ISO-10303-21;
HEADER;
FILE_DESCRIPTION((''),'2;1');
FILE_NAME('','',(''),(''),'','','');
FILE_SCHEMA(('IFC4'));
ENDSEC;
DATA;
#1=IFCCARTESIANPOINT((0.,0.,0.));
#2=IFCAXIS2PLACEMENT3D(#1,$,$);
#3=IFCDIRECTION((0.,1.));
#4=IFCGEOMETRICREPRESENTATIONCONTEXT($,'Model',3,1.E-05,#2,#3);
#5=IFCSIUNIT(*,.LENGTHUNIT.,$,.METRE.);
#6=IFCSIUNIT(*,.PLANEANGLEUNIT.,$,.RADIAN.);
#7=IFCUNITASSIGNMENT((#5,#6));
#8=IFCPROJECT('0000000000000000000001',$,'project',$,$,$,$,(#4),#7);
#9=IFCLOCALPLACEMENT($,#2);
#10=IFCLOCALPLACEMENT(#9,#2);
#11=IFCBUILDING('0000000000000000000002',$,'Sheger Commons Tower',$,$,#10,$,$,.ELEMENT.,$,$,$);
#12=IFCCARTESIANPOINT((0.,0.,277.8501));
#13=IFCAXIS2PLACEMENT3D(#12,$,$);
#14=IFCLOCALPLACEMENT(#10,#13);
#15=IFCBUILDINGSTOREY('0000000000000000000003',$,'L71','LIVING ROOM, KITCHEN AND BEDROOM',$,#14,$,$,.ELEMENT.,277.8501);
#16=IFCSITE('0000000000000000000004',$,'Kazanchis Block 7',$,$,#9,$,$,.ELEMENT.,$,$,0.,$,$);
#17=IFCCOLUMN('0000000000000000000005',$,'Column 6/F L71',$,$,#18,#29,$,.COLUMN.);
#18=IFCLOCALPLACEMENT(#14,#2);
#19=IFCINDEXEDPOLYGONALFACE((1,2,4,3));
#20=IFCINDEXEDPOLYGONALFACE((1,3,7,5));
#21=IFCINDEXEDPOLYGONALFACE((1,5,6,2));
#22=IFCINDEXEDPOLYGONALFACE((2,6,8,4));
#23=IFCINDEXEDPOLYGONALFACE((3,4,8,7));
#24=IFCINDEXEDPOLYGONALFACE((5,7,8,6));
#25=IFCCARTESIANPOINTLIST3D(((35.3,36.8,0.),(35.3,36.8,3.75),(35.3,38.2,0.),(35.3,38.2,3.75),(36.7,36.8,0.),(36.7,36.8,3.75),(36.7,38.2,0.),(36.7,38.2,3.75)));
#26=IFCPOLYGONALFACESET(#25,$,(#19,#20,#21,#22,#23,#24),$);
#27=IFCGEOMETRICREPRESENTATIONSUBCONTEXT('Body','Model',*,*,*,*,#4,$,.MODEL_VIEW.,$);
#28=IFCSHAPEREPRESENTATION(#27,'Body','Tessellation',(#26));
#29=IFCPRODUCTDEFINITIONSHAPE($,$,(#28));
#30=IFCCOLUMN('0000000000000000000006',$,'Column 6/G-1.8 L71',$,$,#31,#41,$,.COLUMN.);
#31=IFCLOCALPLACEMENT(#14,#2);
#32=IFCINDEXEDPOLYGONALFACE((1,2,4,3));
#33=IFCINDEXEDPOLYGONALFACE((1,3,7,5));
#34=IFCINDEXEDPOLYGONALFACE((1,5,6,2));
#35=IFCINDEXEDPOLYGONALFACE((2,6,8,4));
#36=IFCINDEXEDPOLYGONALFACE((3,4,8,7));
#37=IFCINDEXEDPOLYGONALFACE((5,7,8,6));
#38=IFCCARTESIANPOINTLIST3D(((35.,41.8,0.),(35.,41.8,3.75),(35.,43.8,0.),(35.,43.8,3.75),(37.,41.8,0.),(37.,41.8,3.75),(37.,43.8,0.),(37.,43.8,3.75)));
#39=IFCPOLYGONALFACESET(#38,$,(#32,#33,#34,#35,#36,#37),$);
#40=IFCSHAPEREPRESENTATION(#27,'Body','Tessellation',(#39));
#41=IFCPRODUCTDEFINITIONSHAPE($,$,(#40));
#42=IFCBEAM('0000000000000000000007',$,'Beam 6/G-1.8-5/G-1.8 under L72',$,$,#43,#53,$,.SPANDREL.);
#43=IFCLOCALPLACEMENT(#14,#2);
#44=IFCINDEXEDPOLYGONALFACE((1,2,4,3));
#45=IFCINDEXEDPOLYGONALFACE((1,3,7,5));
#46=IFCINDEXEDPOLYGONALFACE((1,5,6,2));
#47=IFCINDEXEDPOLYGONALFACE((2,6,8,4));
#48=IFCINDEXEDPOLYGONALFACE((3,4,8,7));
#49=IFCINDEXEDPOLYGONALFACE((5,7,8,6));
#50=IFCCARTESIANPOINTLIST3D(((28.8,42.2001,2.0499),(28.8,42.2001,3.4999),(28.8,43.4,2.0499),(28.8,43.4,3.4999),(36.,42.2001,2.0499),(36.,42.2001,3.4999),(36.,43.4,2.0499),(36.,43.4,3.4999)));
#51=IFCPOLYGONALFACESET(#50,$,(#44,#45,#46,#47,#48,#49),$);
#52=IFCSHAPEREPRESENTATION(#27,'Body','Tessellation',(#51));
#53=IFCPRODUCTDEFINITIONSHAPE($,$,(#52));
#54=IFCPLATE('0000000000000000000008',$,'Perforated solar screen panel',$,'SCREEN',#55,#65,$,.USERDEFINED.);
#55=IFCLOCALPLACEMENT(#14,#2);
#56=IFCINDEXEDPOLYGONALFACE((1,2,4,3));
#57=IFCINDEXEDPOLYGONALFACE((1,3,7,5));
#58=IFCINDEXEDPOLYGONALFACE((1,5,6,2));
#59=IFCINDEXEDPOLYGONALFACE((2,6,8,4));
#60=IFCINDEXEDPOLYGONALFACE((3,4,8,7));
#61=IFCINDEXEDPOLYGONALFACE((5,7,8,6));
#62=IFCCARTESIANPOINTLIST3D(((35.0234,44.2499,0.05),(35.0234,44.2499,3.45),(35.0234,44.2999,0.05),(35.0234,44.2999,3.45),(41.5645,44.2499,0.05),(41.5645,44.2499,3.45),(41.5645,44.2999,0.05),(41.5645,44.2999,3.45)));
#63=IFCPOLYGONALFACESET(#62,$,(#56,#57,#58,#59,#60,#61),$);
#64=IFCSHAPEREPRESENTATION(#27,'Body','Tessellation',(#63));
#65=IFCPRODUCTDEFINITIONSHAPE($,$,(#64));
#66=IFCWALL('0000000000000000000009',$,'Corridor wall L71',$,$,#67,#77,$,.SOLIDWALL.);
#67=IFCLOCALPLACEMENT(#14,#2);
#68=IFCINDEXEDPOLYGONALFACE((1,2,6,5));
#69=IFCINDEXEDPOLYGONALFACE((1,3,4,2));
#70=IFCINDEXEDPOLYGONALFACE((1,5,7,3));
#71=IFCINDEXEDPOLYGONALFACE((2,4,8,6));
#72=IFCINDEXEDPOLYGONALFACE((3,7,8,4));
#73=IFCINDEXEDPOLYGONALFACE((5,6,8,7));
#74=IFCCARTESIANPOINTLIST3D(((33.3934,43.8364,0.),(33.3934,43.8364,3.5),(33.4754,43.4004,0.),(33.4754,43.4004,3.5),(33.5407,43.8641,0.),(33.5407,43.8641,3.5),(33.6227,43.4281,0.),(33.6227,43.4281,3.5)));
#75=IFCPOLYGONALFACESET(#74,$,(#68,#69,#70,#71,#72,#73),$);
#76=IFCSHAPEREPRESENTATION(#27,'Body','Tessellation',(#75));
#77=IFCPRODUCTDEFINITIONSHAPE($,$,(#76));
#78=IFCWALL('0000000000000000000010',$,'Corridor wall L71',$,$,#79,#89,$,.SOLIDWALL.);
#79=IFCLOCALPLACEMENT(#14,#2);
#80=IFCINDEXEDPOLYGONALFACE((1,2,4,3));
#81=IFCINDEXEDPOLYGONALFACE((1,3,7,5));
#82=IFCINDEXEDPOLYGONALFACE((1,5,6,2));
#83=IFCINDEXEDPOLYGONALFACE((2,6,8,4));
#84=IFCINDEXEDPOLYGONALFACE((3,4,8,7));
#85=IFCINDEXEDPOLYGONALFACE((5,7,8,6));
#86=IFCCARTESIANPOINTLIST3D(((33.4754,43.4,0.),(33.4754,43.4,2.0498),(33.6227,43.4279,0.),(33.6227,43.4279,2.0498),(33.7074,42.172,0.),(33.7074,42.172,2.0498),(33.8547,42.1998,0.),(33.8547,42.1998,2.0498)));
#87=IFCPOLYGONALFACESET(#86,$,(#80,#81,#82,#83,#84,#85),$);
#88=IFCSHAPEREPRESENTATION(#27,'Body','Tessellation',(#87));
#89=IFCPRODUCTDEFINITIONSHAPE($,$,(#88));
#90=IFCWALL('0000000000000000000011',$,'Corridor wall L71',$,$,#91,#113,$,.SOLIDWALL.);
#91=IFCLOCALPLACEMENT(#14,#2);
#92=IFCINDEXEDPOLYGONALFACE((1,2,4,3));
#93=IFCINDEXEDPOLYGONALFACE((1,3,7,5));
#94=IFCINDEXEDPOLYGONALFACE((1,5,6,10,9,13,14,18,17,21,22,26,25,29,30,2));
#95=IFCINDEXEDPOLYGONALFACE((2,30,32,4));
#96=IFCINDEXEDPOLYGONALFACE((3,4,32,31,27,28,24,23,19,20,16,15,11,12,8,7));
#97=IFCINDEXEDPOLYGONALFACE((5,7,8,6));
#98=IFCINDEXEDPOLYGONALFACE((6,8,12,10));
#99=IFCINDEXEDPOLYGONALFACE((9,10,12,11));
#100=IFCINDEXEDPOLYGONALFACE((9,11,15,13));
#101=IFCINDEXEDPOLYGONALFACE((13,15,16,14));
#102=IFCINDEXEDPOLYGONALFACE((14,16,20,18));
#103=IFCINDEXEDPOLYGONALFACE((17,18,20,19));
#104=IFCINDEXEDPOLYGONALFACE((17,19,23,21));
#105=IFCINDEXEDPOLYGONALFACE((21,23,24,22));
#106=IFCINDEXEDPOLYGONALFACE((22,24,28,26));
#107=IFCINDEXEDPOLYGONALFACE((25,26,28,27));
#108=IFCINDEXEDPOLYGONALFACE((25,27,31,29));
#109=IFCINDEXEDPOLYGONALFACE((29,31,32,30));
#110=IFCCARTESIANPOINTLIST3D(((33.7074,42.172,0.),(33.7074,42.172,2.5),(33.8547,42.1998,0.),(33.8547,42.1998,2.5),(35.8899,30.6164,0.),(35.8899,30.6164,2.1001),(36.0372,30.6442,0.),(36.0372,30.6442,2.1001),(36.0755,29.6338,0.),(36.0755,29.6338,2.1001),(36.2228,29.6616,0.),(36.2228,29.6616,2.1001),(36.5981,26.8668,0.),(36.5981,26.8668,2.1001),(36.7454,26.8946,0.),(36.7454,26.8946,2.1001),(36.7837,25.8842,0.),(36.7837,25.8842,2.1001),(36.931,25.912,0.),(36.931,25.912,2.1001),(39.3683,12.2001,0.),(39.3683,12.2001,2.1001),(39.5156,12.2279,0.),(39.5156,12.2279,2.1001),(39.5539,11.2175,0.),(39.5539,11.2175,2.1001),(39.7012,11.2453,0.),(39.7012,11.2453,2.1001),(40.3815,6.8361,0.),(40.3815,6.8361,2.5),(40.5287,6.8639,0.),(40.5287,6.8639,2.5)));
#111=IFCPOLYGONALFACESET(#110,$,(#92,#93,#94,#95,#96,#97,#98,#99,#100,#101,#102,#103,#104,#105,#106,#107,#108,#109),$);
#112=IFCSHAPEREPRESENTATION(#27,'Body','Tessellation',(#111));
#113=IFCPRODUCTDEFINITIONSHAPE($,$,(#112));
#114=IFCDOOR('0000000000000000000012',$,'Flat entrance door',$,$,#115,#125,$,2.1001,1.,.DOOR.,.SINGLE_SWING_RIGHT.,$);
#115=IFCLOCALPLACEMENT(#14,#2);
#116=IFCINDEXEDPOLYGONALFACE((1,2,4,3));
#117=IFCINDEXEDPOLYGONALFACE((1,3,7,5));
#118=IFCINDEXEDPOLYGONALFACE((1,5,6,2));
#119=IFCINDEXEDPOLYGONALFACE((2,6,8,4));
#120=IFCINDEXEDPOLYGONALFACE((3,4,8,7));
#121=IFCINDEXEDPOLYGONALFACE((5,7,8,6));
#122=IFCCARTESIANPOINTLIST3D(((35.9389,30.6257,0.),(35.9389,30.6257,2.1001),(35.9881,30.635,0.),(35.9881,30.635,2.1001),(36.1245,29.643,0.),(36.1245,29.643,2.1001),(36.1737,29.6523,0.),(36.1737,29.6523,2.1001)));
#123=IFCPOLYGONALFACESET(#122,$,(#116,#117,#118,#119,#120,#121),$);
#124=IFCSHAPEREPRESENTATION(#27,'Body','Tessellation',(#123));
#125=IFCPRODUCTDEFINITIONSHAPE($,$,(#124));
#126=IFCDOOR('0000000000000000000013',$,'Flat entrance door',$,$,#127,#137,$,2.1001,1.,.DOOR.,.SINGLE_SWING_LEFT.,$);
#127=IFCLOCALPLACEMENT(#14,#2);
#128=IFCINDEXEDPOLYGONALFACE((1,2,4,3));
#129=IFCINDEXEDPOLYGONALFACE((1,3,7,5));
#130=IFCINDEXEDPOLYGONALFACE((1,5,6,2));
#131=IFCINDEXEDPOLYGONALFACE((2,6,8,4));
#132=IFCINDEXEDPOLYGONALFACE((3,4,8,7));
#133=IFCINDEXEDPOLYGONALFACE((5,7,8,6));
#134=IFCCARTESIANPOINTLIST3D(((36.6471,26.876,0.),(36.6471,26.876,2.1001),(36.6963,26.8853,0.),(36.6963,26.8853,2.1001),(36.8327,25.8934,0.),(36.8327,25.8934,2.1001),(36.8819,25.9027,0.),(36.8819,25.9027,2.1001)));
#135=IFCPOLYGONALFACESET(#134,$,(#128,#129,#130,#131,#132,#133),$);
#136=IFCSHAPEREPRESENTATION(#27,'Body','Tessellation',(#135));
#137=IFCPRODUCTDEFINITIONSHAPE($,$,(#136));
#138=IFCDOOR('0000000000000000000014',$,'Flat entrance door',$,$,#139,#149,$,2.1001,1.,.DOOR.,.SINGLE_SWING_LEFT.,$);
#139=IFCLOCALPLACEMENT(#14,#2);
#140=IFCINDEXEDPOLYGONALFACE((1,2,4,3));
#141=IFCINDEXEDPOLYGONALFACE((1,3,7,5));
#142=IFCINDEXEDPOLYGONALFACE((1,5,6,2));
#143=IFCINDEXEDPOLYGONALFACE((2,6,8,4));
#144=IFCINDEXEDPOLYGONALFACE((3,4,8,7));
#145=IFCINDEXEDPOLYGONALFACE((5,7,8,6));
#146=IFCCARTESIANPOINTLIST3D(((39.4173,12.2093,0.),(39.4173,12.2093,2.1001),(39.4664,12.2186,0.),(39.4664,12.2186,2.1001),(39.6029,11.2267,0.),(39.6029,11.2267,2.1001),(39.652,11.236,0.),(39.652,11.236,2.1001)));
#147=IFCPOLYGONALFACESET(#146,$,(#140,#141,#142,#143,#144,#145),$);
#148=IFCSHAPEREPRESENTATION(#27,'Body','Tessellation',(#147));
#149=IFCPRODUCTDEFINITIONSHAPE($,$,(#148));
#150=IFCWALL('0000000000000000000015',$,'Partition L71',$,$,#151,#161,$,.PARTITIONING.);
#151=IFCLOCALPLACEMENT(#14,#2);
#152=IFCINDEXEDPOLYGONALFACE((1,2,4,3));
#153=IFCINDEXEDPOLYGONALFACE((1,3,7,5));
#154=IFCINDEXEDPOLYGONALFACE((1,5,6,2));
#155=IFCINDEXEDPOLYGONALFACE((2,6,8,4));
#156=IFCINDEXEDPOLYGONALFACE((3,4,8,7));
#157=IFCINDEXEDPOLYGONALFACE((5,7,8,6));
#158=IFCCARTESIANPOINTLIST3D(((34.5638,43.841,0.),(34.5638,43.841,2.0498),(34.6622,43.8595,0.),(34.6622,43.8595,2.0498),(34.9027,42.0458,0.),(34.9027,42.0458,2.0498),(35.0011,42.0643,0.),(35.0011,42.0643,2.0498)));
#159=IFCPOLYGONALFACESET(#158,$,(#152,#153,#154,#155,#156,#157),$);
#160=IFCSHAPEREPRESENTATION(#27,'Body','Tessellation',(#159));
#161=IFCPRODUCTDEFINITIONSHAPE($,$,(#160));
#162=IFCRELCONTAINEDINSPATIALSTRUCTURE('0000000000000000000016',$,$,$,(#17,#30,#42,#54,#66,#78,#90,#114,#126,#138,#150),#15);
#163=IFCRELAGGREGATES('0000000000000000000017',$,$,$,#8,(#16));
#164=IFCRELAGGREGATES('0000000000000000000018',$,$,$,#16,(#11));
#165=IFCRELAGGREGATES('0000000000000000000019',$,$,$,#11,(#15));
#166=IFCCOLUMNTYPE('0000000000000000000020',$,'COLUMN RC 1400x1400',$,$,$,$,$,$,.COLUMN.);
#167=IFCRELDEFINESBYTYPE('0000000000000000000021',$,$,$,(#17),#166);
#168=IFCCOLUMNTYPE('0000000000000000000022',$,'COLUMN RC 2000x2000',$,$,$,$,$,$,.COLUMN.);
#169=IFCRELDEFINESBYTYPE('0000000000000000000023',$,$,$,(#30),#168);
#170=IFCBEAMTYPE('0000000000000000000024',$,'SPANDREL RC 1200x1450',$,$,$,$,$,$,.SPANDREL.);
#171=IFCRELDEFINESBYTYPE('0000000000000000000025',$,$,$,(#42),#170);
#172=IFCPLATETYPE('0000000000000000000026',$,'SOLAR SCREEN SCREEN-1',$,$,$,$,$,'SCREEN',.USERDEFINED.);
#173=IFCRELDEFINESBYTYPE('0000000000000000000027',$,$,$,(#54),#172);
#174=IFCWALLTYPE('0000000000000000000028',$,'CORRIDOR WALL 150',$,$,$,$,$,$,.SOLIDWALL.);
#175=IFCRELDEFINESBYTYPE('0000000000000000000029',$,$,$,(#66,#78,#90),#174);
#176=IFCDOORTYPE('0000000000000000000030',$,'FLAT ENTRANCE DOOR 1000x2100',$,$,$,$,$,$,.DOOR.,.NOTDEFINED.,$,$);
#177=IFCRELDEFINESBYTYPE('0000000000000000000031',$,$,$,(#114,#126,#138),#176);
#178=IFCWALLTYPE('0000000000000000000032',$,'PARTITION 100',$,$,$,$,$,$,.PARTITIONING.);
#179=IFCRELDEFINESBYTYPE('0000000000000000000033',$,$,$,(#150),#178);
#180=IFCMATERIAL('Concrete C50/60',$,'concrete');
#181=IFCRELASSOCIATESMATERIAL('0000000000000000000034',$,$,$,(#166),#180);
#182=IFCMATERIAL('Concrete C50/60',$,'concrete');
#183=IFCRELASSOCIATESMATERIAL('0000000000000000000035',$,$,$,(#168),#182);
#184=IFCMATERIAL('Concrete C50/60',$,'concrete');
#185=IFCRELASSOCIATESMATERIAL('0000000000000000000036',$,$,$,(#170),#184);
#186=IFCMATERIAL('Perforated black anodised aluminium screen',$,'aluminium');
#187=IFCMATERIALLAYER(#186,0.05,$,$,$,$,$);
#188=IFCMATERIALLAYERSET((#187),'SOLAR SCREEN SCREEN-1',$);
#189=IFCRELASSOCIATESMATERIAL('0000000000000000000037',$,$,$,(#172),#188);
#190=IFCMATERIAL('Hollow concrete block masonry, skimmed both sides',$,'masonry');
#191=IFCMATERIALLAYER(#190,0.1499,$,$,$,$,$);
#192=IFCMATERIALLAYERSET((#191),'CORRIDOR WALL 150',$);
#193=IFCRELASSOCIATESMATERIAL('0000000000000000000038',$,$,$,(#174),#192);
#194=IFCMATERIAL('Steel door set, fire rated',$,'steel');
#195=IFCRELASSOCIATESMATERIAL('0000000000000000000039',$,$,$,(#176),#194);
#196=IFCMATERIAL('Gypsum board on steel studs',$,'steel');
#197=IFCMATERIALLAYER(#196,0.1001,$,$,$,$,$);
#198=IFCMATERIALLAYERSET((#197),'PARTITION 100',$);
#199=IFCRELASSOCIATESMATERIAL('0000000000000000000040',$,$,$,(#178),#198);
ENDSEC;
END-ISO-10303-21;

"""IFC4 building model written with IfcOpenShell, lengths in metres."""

from ifc_helpers import new_model, si_unit, direction, frame, frame_2d, origin, origin_2d, place, context, subcontext, project, spatial, rectangle, extrude, material, layer, layer_set, material_profile, profile_set, type_object, element, fill, save


model = new_model("IFC4")

# Units and contexts
model_context = context("Model", 3, precision=1e-05, world=origin(), true_north=direction((0.0, 1.0)))
body_context = subcontext(model_context, "Body", "Model", "MODEL_VIEW")
ifc_project = project(units=[si_unit("LENGTHUNIT", "METRE"), si_unit("PLANEANGLEUNIT", "RADIAN")], contexts=[model_context])

# Site, building, storey
site_placement = place(None, origin())
site = spatial("IfcSite", under=ifc_project, at=site_placement, Name="Kazanchis Block 7", CompositionType="ELEMENT", RefElevation=0.0)
building_placement = place(site_placement, origin())
building = spatial("IfcBuilding", under=site, at=building_placement, Name="Sheger Commons Tower", CompositionType="ELEMENT")
storey_placement = place(building_placement, frame((0.0, 0.0, 277.8501)))
storey = spatial("IfcBuildingStorey", under=building, at=storey_placement, Name="L71", Description="LIVING ROOM, KITCHEN AND BEDROOM", CompositionType="ELEMENT", Elevation=277.8501)

# Columns
ifc_material_1 = material(Name="Concrete C50/60", Category="concrete")
ifc_material_profile_1 = material_profile(ifc_material_1, rectangle(XDim=1.3999, YDim=1.3999, at=origin_2d()), Name="RC 1400x1400")
ifc_profile_set_1 = profile_set([ifc_material_profile_1], Name="Concrete C50/60")
column_type_1 = type_object("IfcColumnType", Name="COLUMN RC 1400x1400", PredefinedType="COLUMN", material=ifc_profile_set_1)
column_1_placement = place(storey_placement, frame((36.0, 37.5, 0.0), z_axis=(0.0, 0.0, 1.0), x_axis=(1.0, 0.0, 0.0)))
element("IfcColumn", 1, at=column_1_placement, inside=storey, type_object=column_type_1, Name="Column 6/F L71", PredefinedType="COLUMN", context=body_context, shape_type="SweptSolid", body=[
    extrude(rectangle(XDim=1.3999, YDim=1.3999, at=origin_2d()), origin(), (0.0, 0.0, 1.0), 3.75),
])
ifc_material_2 = material(Name="Concrete C50/60", Category="concrete")
ifc_material_profile_2 = material_profile(ifc_material_2, rectangle(XDim=2.0, YDim=2.0, at=origin_2d()), Name="RC 2000x2000")
ifc_profile_set_2 = profile_set([ifc_material_profile_2], Name="Concrete C50/60")
column_type_2 = type_object("IfcColumnType", Name="COLUMN RC 2000x2000", PredefinedType="COLUMN", material=ifc_profile_set_2)
column_2_placement = place(storey_placement, frame((36.0, 42.8, 0.0), z_axis=(0.0, 0.0, 1.0), x_axis=(1.0, 0.0, 0.0)))
element("IfcColumn", 2, at=column_2_placement, inside=storey, type_object=column_type_2, Name="Column 6/G-1.8 L71", PredefinedType="COLUMN", context=body_context, shape_type="SweptSolid", body=[
    extrude(rectangle(XDim=2.0, YDim=2.0, at=origin_2d()), origin(), (0.0, 0.0, 1.0), 3.75),
])

# Beam
ifc_material_3 = material(Name="Concrete C50/60", Category="concrete")
ifc_material_profile_3 = material_profile(ifc_material_3, rectangle(XDim=1.2, YDim=1.45, at=origin_2d()), Name="RC 1200x1450")
ifc_profile_set_3 = profile_set([ifc_material_profile_3], Name="Concrete C50/60")
beam_type = type_object("IfcBeamType", Name="SPANDREL RC 1200x1450", PredefinedType="SPANDREL", material=ifc_profile_set_3)
beam_placement = place(storey_placement, frame((36.0, 42.8, 2.7749), z_axis=(-1.0, 0.0, 0.0), x_axis=(0.0, -1.0, 0.0)))
element("IfcBeam", 3, at=beam_placement, inside=storey, type_object=beam_type, Name="Beam 6/G-1.8-5/G-1.8 under L72", PredefinedType="SPANDREL", context=body_context, shape_type="SweptSolid", body=[
    extrude(rectangle(XDim=1.2, YDim=1.45, at=origin_2d()), origin(), (0.0, 0.0, 1.0), 7.2),
])

# Plate
ifc_material_4 = material(Name="Perforated black anodised aluminium screen", Category="aluminium")
ifc_layer_1 = layer(ifc_material_4, 0.05)
ifc_layer_set_1 = layer_set([ifc_layer_1], Name="SOLAR SCREEN SCREEN-1")
plate_type = type_object("IfcPlateType", Name="SOLAR SCREEN SCREEN-1", ElementType="SCREEN", PredefinedType="USERDEFINED", material=ifc_layer_set_1)
plate_placement = place(storey_placement, frame((38.2939, 44.2749, 0.05), z_axis=(0.0, 0.0, 1.0), x_axis=(-1.0, 0.0, 0.0)))
element("IfcPlate", 4, at=plate_placement, inside=storey, type_object=plate_type, Name="Perforated solar screen panel", ObjectType="SCREEN", PredefinedType="USERDEFINED", context=body_context, shape_type="SweptSolid", body=[
    extrude(rectangle(XDim=6.541, YDim=0.05, at=origin_2d()), origin(), (0.0, 0.0, 1.0), 3.3999),
])

# Walls
ifc_material_5 = material(Name="Hollow concrete block masonry, skimmed both sides", Category="masonry")
ifc_layer_2 = layer(ifc_material_5, 0.1499)
ifc_layer_set_2 = layer_set([ifc_layer_2], Name="CORRIDOR WALL 150")
wall_type_1 = type_object("IfcWallType", Name="CORRIDOR WALL 150", PredefinedType="SOLIDWALL", material=ifc_layer_set_2)
wall_1_placement = place(storey_placement, frame((33.467, 43.8501, 0.0), z_axis=(0.0, 0.0, 1.0), x_axis=(0.184887, -0.98276, 0.0)))
element("IfcWall", 5, at=wall_1_placement, inside=storey, type_object=wall_type_1, Name="Corridor wall L71", PredefinedType="SOLIDWALL", context=body_context, shape_type="SweptSolid", body=[
    extrude(rectangle(XDim=0.4436, YDim=0.1499, at=frame_2d((0.2217, 0.0))), origin(), (0.0, 0.0, 1.0), 3.5),
])
wall_2_placement = place(storey_placement, frame((33.5491, 43.4141, 0.0), z_axis=(0.0, 0.0, 1.0), x_axis=(0.185586, -0.982628, 0.0)))
element("IfcWall", 6, at=wall_2_placement, inside=storey, type_object=wall_type_1, Name="Corridor wall L71", PredefinedType="SOLIDWALL", context=body_context, shape_type="SweptSolid", body=[
    extrude(rectangle(XDim=1.2498, YDim=0.1499, at=frame_2d((0.625, 0.0))), origin(), (0.0, 0.0, 1.0), 2.0498),
])

# Wall, openings, doors
wall_3_placement = place(storey_placement, frame((33.781, 42.186, 0.0), z_axis=(0.0, 0.0, 1.0), x_axis=(0.185594, -0.982627, 0.0)))
wall_3 = element("IfcWall", 7, at=wall_3_placement, inside=storey, type_object=wall_type_1, Name="Corridor wall L71", PredefinedType="SOLIDWALL", context=body_context, shape_type="SweptSolid", body=[
    extrude(rectangle(XDim=35.9607, YDim=0.1499, at=frame_2d((17.9805, 0.0))), origin(), (0.0, 0.0, 1.0), 2.5),
])
opening_1_placement = place(wall_3_placement, frame((11.76, 0.0, 0.0)))
opening_1 = element("IfcOpeningElement", 8, at=opening_1_placement, cuts=wall_3, PredefinedType="OPENING", context=body_context, shape_type="SweptSolid", body=[
    extrude(rectangle(XDim=1.0, YDim=2.1001, at=frame_2d((0.5, 1.05))), frame((0.0, 0.085, 0.0), z_axis=(0.0, -1.0, 0.0), x_axis=(1.0, 0.0, 0.0)), (0.0, 0.0, 1.0), 0.1699),
])
opening_2_placement = place(wall_3_placement, frame((15.5759, 0.0, 0.0)))
opening_2 = element("IfcOpeningElement", 9, at=opening_2_placement, cuts=wall_3, PredefinedType="OPENING", context=body_context, shape_type="SweptSolid", body=[
    extrude(rectangle(XDim=1.0, YDim=2.1001, at=frame_2d((0.5, 1.05))), frame((0.0, 0.085, 0.0), z_axis=(0.0, -1.0, 0.0), x_axis=(1.0, 0.0, 0.0)), (0.0, 0.0, 1.0), 0.1699),
])
opening_3_placement = place(wall_3_placement, frame((30.502, 0.0, 0.0)))
opening_3 = element("IfcOpeningElement", 10, at=opening_3_placement, cuts=wall_3, PredefinedType="OPENING", context=body_context, shape_type="SweptSolid", body=[
    extrude(rectangle(XDim=1.0, YDim=2.1001, at=frame_2d((0.5, 1.05))), frame((0.0, 0.085, 0.0), z_axis=(0.0, -1.0, 0.0), x_axis=(1.0, 0.0, 0.0)), (0.0, 0.0, 1.0), 0.1699),
])
ifc_material_6 = material(Name="Steel door set, fire rated", Category="steel")
door_type_1 = type_object("IfcDoorType", Name="FLAT ENTRANCE DOOR 1000x2100", OperationType="NOTDEFINED", PredefinedType="DOOR", material=ifc_material_6)
door_1_placement = place(opening_1_placement, origin())
door_1 = element("IfcDoor", 11, at=door_1_placement, inside=storey, type_object=door_type_1, Name="Flat entrance door", OperationType="SINGLE_SWING_RIGHT", OverallHeight=2.1001, OverallWidth=1.0, PredefinedType="DOOR", context=body_context, shape_type="SweptSolid", body=[
    extrude(rectangle(XDim=1.0, YDim=2.1001, at=frame_2d((0.5, 1.05))), frame((0.0, 0.0249, 0.0), z_axis=(0.0, -1.0, 0.0), x_axis=(1.0, 0.0, 0.0)), (0.0, 0.0, 1.0), 0.05),
])
fill(opening_1, door_1)
door_2_placement = place(opening_2_placement, origin())
door_2 = element("IfcDoor", 12, at=door_2_placement, inside=storey, type_object=door_type_1, Name="Flat entrance door", OperationType="SINGLE_SWING_LEFT", OverallHeight=2.1001, OverallWidth=1.0, PredefinedType="DOOR", context=body_context, shape_type="SweptSolid", body=[
    extrude(rectangle(XDim=1.0, YDim=2.1001, at=frame_2d((0.5, 1.05))), frame((0.0, 0.0249, 0.0), z_axis=(0.0, -1.0, 0.0), x_axis=(1.0, 0.0, 0.0)), (0.0, 0.0, 1.0), 0.05),
])
fill(opening_2, door_2)
door_3_placement = place(opening_3_placement, origin())
door_3 = element("IfcDoor", 13, at=door_3_placement, inside=storey, type_object=door_type_1, Name="Flat entrance door", OperationType="SINGLE_SWING_LEFT", OverallHeight=2.1001, OverallWidth=1.0, PredefinedType="DOOR", context=body_context, shape_type="SweptSolid", body=[
    extrude(rectangle(XDim=1.0, YDim=2.1001, at=frame_2d((0.5, 1.05))), frame((0.0, 0.0249, 0.0), z_axis=(0.0, -1.0, 0.0), x_axis=(1.0, 0.0, 0.0)), (0.0, 0.0, 1.0), 0.05),
])
fill(opening_3, door_3)

# Wall
ifc_material_7 = material(Name="Gypsum board on steel studs", Category="steel")
ifc_layer_3 = layer(ifc_material_7, 0.1001)
ifc_layer_set_3 = layer_set([ifc_layer_3], Name="PARTITION 100")
wall_type_2 = type_object("IfcWallType", Name="PARTITION 100", PredefinedType="PARTITIONING", material=ifc_layer_set_3)
wall_4_placement = place(storey_placement, frame((34.9519, 42.0549, 0.0), z_axis=(0.0, 0.0, 1.0), x_axis=(-0.185491, 0.982646, 0.0)))
element("IfcWall", 14, at=wall_4_placement, inside=storey, type_object=wall_type_2, Name="Partition L71", PredefinedType="PARTITIONING", context=body_context, shape_type="SweptSolid", body=[
    extrude(rectangle(XDim=1.8269, YDim=0.1001, at=frame_2d((0.9136, 0.0))), origin(), (0.0, 0.0, 1.0), 2.0498),
])

save(model, "model.ifc")
